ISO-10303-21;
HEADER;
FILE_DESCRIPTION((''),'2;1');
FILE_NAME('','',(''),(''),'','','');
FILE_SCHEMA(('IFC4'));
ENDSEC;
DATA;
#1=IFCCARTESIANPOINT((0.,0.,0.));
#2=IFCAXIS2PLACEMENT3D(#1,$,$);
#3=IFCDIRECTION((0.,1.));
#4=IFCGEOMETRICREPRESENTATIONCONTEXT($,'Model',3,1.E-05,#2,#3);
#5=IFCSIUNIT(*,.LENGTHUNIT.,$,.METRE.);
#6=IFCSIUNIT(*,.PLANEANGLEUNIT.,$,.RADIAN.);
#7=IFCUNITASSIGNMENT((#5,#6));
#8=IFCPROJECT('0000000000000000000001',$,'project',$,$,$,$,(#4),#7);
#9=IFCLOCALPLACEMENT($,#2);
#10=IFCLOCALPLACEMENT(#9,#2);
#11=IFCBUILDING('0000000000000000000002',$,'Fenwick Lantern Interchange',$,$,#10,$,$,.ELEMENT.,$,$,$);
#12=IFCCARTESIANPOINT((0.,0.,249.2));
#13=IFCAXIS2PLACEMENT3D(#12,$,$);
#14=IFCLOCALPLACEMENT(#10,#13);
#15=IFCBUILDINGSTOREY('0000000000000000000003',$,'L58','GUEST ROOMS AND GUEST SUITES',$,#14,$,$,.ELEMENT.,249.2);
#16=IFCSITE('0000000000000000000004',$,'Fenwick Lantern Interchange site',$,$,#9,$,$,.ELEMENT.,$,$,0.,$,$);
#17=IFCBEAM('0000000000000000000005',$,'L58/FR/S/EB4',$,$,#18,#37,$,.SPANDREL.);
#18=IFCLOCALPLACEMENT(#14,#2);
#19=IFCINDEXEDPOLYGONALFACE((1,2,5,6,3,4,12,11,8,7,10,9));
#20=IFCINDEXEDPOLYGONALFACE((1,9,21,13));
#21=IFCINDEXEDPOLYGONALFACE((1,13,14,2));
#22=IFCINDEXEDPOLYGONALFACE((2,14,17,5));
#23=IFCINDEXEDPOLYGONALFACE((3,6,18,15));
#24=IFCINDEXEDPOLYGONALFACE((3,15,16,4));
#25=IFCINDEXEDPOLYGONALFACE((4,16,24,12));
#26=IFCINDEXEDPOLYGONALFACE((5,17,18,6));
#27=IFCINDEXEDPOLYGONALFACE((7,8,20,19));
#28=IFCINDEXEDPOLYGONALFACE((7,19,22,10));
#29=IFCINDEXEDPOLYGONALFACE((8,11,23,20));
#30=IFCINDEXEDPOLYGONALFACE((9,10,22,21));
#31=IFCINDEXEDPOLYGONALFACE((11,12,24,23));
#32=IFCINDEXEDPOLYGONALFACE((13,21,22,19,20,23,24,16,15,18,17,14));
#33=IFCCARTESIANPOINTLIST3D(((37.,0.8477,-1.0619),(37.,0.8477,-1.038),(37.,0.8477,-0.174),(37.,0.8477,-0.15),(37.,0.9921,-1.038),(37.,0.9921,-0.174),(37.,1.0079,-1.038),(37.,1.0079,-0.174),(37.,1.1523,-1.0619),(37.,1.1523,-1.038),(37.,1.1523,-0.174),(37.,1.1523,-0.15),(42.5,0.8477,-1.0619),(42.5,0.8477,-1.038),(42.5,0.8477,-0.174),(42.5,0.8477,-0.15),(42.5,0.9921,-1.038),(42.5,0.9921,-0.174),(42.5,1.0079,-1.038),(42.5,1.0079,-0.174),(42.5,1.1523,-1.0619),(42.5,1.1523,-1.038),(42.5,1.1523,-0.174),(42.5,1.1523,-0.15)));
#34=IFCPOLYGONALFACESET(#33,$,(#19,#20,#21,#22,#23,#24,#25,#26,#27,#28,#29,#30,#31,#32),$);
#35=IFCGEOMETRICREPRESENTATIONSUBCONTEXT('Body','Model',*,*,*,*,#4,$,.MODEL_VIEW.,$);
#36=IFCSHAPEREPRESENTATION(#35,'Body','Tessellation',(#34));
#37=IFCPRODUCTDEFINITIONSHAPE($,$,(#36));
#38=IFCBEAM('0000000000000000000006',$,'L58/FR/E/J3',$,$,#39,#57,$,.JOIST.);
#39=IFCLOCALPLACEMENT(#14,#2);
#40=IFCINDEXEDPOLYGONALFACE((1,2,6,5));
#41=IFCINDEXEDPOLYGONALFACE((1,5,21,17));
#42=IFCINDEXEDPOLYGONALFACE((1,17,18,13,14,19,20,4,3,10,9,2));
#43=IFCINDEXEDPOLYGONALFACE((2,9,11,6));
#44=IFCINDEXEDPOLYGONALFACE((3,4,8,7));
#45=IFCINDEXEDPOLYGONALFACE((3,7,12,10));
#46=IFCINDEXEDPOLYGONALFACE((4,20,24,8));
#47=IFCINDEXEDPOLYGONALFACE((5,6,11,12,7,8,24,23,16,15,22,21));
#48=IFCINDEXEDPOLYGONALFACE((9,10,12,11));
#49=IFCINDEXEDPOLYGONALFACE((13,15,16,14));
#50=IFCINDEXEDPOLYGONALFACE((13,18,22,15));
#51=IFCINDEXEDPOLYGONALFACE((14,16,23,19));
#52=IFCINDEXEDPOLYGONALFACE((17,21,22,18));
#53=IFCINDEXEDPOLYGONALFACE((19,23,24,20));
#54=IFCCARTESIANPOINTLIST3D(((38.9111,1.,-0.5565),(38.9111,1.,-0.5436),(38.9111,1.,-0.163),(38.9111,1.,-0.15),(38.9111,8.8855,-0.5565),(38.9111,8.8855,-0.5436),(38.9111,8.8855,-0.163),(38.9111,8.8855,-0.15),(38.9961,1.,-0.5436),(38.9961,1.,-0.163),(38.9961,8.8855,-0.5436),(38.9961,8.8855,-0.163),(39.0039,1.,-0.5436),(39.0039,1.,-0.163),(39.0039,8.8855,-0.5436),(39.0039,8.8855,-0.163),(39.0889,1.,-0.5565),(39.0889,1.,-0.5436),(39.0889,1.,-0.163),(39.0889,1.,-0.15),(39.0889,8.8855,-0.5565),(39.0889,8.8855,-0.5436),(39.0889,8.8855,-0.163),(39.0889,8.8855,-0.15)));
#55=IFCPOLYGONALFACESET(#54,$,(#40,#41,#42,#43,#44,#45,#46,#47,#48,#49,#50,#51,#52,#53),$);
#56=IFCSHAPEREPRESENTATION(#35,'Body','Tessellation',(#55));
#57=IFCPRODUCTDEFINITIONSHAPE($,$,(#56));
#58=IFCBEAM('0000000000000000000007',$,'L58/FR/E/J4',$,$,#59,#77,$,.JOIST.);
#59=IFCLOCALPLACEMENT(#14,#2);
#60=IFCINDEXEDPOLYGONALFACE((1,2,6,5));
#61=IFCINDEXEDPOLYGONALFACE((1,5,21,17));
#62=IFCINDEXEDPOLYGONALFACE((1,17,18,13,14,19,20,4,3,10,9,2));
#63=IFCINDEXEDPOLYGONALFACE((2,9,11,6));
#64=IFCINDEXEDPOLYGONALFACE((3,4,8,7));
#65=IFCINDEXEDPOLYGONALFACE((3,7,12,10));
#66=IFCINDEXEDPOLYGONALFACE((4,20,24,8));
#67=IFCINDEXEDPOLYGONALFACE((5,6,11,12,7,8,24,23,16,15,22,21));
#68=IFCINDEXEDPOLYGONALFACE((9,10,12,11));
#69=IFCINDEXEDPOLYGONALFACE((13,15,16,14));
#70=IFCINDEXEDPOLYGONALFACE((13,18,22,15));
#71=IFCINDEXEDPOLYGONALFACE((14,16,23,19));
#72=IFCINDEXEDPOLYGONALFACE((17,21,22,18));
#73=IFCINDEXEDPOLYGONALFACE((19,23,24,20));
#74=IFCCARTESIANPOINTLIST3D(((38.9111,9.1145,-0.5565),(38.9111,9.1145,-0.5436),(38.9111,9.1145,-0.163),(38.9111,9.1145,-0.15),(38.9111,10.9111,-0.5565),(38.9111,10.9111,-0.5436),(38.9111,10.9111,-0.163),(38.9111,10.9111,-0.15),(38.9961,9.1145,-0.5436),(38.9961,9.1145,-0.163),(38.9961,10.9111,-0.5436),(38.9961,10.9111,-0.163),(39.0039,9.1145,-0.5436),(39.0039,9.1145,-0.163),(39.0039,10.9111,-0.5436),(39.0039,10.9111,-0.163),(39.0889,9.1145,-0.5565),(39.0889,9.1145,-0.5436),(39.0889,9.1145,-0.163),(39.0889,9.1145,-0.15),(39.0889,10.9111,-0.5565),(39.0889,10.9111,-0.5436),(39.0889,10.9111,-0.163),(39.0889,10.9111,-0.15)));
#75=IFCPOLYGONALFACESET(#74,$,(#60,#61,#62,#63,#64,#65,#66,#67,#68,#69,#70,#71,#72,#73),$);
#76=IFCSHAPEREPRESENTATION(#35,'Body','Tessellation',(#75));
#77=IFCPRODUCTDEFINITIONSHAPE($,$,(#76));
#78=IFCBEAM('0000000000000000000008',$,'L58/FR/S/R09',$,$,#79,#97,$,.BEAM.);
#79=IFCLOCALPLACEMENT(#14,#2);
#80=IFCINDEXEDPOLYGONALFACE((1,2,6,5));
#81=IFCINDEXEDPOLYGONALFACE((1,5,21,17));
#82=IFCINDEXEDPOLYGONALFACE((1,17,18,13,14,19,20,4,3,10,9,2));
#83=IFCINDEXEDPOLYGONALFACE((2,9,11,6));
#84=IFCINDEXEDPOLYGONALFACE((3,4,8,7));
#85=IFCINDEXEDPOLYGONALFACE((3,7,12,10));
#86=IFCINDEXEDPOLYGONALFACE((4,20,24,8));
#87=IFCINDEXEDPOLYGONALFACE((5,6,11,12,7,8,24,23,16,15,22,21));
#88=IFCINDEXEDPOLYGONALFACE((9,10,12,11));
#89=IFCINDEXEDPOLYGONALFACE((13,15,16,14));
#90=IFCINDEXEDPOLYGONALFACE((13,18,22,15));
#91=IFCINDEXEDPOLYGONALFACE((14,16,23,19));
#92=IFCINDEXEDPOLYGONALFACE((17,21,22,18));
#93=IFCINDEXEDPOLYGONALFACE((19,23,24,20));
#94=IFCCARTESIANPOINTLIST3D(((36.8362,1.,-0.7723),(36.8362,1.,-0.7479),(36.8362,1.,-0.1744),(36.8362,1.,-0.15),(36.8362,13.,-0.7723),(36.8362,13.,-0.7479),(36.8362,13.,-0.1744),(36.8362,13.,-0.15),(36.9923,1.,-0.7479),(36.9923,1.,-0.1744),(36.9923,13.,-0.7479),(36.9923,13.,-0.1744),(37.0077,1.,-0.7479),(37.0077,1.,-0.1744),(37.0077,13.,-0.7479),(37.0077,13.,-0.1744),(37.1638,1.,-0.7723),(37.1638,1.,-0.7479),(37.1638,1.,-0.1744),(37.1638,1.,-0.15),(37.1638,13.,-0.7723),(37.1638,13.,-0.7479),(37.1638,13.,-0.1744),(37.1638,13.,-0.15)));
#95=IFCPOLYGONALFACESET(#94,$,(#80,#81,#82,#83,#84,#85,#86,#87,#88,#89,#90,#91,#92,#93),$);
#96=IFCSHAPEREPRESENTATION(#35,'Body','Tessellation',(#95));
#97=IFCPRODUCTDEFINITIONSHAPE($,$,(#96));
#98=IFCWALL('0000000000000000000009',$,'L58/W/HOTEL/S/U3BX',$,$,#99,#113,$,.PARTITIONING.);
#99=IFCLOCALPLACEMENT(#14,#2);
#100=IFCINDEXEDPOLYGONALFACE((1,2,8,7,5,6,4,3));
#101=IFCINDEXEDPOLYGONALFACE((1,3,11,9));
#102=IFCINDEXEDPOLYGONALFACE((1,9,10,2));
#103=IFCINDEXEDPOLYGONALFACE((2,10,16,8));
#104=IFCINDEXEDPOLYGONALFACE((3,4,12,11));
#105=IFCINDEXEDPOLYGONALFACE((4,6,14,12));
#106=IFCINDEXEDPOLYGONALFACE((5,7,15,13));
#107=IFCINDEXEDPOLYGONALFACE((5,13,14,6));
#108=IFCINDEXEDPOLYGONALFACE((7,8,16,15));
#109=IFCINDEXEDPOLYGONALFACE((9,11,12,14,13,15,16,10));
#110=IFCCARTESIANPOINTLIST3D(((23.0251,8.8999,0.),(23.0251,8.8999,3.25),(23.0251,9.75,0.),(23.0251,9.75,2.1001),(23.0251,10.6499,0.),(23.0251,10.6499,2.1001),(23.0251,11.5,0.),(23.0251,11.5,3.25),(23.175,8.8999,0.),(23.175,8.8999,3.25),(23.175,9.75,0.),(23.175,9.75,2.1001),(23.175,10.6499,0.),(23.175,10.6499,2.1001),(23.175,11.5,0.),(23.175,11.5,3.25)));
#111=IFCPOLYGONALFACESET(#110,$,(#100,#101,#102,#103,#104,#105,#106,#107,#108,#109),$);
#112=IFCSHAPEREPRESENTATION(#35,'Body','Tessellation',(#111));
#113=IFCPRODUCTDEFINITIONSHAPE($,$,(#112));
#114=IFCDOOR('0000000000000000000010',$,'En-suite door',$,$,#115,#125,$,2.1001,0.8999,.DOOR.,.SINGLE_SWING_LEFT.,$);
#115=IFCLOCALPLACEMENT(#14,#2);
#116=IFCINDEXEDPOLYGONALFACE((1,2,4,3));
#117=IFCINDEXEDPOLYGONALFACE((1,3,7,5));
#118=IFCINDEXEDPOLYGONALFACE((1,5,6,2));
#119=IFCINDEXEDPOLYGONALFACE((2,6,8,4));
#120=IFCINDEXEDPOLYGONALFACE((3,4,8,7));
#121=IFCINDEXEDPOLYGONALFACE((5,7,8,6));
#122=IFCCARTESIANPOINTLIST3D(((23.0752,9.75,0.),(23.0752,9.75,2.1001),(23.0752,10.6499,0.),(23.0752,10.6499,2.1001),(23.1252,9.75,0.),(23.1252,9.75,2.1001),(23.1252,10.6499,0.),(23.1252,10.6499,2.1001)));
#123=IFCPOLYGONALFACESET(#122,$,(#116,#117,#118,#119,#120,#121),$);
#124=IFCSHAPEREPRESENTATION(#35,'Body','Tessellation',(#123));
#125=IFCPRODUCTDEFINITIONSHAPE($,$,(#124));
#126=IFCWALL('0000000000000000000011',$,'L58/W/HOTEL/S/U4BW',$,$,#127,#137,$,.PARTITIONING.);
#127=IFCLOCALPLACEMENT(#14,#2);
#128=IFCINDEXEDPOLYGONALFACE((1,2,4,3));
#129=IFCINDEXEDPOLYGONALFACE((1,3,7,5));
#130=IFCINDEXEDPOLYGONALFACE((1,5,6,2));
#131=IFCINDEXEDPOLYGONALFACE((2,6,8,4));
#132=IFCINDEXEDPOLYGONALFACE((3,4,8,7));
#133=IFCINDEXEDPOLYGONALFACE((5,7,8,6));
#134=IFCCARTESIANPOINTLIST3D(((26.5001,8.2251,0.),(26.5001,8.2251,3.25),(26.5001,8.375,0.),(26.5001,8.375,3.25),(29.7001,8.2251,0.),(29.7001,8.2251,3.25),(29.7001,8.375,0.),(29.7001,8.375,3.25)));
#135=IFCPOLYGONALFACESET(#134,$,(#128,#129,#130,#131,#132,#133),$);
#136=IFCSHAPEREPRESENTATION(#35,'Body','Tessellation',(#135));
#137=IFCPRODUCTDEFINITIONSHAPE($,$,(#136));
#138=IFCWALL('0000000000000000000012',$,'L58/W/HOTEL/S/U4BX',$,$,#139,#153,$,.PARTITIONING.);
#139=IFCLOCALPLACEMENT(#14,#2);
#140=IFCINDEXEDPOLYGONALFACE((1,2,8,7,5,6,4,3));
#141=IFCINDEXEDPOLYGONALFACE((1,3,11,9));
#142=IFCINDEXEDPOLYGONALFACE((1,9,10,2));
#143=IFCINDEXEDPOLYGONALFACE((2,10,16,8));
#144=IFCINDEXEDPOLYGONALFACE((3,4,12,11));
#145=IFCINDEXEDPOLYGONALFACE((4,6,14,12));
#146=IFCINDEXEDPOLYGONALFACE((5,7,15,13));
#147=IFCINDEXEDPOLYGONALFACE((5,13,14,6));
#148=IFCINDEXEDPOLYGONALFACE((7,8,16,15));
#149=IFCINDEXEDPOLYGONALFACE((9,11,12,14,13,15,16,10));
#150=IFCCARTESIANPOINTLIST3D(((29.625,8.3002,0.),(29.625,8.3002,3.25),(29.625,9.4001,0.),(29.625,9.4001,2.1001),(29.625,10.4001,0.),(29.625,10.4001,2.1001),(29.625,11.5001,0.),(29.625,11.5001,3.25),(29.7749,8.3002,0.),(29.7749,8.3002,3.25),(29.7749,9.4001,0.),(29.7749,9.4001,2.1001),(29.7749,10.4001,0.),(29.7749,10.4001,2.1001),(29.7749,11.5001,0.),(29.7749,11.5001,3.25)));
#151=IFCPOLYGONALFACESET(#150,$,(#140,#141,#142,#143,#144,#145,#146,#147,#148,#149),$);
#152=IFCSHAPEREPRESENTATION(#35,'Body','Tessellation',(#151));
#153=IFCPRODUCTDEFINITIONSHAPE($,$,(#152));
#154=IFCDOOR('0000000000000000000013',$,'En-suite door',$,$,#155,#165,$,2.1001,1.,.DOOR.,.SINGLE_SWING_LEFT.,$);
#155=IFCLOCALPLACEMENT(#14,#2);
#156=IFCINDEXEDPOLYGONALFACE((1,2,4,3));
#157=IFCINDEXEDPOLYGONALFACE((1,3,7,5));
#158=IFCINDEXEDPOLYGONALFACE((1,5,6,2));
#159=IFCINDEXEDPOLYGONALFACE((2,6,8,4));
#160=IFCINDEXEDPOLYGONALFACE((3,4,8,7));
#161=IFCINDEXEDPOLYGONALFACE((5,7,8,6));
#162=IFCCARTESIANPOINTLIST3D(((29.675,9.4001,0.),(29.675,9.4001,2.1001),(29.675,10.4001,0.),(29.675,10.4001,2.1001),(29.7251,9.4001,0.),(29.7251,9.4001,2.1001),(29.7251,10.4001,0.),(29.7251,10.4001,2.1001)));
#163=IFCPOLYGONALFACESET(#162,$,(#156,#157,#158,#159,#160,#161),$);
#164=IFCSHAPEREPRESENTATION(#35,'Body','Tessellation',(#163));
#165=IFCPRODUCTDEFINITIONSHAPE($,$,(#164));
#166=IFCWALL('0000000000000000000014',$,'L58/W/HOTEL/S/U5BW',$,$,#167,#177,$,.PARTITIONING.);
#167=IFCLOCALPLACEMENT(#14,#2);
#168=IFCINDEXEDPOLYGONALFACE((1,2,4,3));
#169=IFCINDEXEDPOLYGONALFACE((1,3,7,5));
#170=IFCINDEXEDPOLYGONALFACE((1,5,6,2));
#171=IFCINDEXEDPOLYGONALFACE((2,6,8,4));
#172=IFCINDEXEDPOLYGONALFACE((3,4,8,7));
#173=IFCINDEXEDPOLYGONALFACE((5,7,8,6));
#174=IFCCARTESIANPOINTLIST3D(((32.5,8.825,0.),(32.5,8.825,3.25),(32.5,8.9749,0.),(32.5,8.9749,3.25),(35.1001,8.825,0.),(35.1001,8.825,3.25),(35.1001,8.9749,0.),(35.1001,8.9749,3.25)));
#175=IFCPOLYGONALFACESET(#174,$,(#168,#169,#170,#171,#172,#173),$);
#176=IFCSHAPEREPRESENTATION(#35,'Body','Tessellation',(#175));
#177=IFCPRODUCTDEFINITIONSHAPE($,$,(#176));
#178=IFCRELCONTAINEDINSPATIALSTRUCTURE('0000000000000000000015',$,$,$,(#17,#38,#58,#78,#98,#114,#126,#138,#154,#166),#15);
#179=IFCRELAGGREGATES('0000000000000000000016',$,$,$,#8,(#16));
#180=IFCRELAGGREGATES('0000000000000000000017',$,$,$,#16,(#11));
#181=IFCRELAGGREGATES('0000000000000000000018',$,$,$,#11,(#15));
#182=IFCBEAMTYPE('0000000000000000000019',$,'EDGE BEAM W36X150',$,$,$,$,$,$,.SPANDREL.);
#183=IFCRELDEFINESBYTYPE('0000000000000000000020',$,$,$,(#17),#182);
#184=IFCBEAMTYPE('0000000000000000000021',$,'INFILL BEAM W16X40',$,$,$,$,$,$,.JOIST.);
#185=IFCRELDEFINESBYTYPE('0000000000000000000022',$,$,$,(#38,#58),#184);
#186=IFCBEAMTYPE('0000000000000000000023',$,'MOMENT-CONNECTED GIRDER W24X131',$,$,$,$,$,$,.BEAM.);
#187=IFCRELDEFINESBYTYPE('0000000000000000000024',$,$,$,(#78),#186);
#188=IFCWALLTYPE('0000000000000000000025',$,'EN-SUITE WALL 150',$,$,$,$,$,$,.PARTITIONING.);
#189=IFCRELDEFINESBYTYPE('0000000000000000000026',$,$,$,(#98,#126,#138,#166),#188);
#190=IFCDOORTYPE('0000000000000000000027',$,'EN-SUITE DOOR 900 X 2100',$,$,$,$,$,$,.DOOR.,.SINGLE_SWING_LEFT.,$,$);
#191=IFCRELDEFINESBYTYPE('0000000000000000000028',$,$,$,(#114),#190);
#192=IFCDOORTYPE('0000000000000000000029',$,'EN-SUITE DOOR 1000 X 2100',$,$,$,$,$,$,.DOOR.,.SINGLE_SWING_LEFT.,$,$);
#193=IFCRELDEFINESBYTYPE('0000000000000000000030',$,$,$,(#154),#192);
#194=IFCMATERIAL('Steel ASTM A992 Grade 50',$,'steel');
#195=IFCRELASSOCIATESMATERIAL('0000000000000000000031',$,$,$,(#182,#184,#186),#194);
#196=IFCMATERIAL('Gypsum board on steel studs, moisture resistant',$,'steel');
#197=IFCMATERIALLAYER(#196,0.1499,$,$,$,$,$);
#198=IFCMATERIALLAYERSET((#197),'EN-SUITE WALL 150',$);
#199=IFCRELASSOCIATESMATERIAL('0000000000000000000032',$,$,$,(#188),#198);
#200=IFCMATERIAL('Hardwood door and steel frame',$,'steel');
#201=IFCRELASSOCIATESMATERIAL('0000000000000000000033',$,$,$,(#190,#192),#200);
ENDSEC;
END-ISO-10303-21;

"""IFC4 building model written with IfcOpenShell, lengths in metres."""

from ifc_helpers import new_model, si_unit, direction, frame, frame_2d, origin, origin_2d, place, context, subcontext, project, spatial, rectangle, i_section, extrude, material, layer, layer_set, material_profile, profile_set, type_object, element, fill, save


model = new_model("IFC4")

# Units and contexts
model_context = context("Model", 3, precision=1e-05, world=origin(), true_north=direction((0.0, 1.0)))
body_context = subcontext(model_context, "Body", "Model", "MODEL_VIEW")
ifc_project = project(units=[si_unit("LENGTHUNIT", "METRE"), si_unit("PLANEANGLEUNIT", "RADIAN")], contexts=[model_context])

# Site, building, storey
site_placement = place(None, origin())
site = spatial("IfcSite", under=ifc_project, at=site_placement, Name="Fenwick Lantern Interchange site", CompositionType="ELEMENT", RefElevation=0.0)
building_placement = place(site_placement, origin())
building = spatial("IfcBuilding", under=site, at=building_placement, Name="Fenwick Lantern Interchange", CompositionType="ELEMENT")
storey_placement = place(building_placement, frame((0.0, 0.0, 249.2)))
storey = spatial("IfcBuildingStorey", under=building, at=storey_placement, Name="L58", Description="GUEST ROOMS AND GUEST SUITES", CompositionType="ELEMENT", Elevation=249.2)

# Beams
ifc_material_1 = material(Name="Steel ASTM A992 Grade 50", Category="steel")
ifc_material_profile_1 = material_profile(ifc_material_1, i_section(OverallWidth=0.3047, OverallDepth=0.9119, WebThickness=0.0159, FlangeThickness=0.0239, at=origin_2d()), Name="W36X150")
ifc_profile_set_1 = profile_set([ifc_material_profile_1], Name="Steel ASTM A992 Grade 50")
beam_type_1 = type_object("IfcBeamType", Name="EDGE BEAM W36X150", PredefinedType="SPANDREL", material=ifc_profile_set_1)
beam_1_placement = place(storey_placement, frame((37.0, 1.0, -0.606), z_axis=(1.0, 0.0, 0.0), x_axis=(0.0, 1.0, 0.0)))
element("IfcBeam", 1, at=beam_1_placement, inside=storey, type_object=beam_type_1, Name="L58/FR/S/EB4", PredefinedType="SPANDREL", context=body_context, shape_type="SweptSolid", body=[
    extrude(i_section(OverallWidth=0.3047, OverallDepth=0.9119, WebThickness=0.0159, FlangeThickness=0.0239, at=origin_2d()), origin(), (0.0, 0.0, 1.0), 5.5),
])
ifc_material_profile_2 = material_profile(ifc_material_1, i_section(OverallWidth=0.1777, OverallDepth=0.4065, WebThickness=0.0078, FlangeThickness=0.0129, at=origin_2d()), Name="W16X40")
ifc_profile_set_2 = profile_set([ifc_material_profile_2], Name="Steel ASTM A992 Grade 50")
beam_type_2 = type_object("IfcBeamType", Name="INFILL BEAM W16X40", PredefinedType="JOIST", material=ifc_profile_set_2)
beam_2_placement = place(storey_placement, frame((39.0, 1.0, -0.3533), z_axis=(0.0, 1.0, 0.0), x_axis=(-1.0, 0.0, 0.0)))
element("IfcBeam", 2, at=beam_2_placement, inside=storey, type_object=beam_type_2, Name="L58/FR/E/J3", PredefinedType="JOIST", context=body_context, shape_type="SweptSolid", body=[
    extrude(i_section(OverallWidth=0.1777, OverallDepth=0.4065, WebThickness=0.0078, FlangeThickness=0.0129, at=origin_2d()), origin(), (0.0, 0.0, 1.0), 7.8855),
])
beam_3_placement = place(storey_placement, frame((39.0, 9.1145, -0.3533), z_axis=(0.0, 1.0, 0.0), x_axis=(-1.0, 0.0, 0.0)))
element("IfcBeam", 3, at=beam_3_placement, inside=storey, type_object=beam_type_2, Name="L58/FR/E/J4", PredefinedType="JOIST", context=body_context, shape_type="SweptSolid", body=[
    extrude(i_section(OverallWidth=0.1777, OverallDepth=0.4065, WebThickness=0.0078, FlangeThickness=0.0129, at=origin_2d()), origin(), (0.0, 0.0, 1.0), 1.7966),
])
ifc_material_profile_3 = material_profile(ifc_material_1, i_section(OverallWidth=0.3276, OverallDepth=0.6223, WebThickness=0.0154, FlangeThickness=0.0244, at=origin_2d()), Name="W24X131")
ifc_profile_set_3 = profile_set([ifc_material_profile_3], Name="Steel ASTM A992 Grade 50")
beam_type_3 = type_object("IfcBeamType", Name="MOMENT-CONNECTED GIRDER W24X131", PredefinedType="BEAM", material=ifc_profile_set_3)
beam_4_placement = place(storey_placement, frame((37.0, 1.0, -0.4612), z_axis=(0.0, 1.0, 0.0), x_axis=(-1.0, 0.0, 0.0)))
element("IfcBeam", 4, at=beam_4_placement, inside=storey, type_object=beam_type_3, Name="L58/FR/S/R09", PredefinedType="BEAM", context=body_context, shape_type="SweptSolid", body=[
    extrude(i_section(OverallWidth=0.3276, OverallDepth=0.6223, WebThickness=0.0154, FlangeThickness=0.0244, at=origin_2d()), origin(), (0.0, 0.0, 1.0), 12.0),
])

# Wall, opening, door
ifc_material_2 = material(Name="Gypsum board on steel studs, moisture resistant", Category="steel")
ifc_layer = layer(ifc_material_2, 0.1499)
ifc_layer_set = layer_set([ifc_layer], Name="EN-SUITE WALL 150")
wall_type = type_object("IfcWallType", Name="EN-SUITE WALL 150", PredefinedType="PARTITIONING", material=ifc_layer_set)
wall_1_placement = place(storey_placement, frame((23.1001, 8.8999, 0.0), z_axis=(0.0, 0.0, 1.0), x_axis=(0.0, 1.0, 0.0)))
wall_1 = element("IfcWall", 5, at=wall_1_placement, inside=storey, type_object=wall_type, Name="L58/W/HOTEL/S/U3BX", PredefinedType="PARTITIONING", context=body_context, shape_type="SweptSolid", body=[
    extrude(rectangle(XDim=2.6001, YDim=0.1499, at=frame_2d((1.3, 0.0))), origin(), (0.0, 0.0, 1.0), 3.25),
])
opening_1_placement = place(wall_1_placement, frame((0.8501, 0.0, 0.0)))
opening_1 = element("IfcOpeningElement", 6, at=opening_1_placement, cuts=wall_1, PredefinedType="OPENING", context=body_context, shape_type="SweptSolid", body=[
    extrude(rectangle(XDim=0.8999, YDim=2.1001, at=frame_2d((0.45, 1.05))), frame((0.0, 0.085, 0.0), z_axis=(0.0, -1.0, 0.0), x_axis=(1.0, 0.0, 0.0)), (0.0, 0.0, 1.0), 0.1699),
])
ifc_material_3 = material(Name="Hardwood door and steel frame", Category="steel")
door_type_1 = type_object("IfcDoorType", Name="EN-SUITE DOOR 900 X 2100", OperationType="SINGLE_SWING_LEFT", PredefinedType="DOOR", material=ifc_material_3)
door_1_placement = place(opening_1_placement, origin())
door_1 = element("IfcDoor", 7, at=door_1_placement, inside=storey, type_object=door_type_1, Name="En-suite door", OperationType="SINGLE_SWING_LEFT", OverallHeight=2.1001, OverallWidth=0.8999, PredefinedType="DOOR", context=body_context, shape_type="SweptSolid", body=[
    extrude(rectangle(XDim=0.8999, YDim=2.1001, at=frame_2d((0.45, 1.05))), frame((0.0, 0.0249, 0.0), z_axis=(0.0, -1.0, 0.0), x_axis=(1.0, 0.0, 0.0)), (0.0, 0.0, 1.0), 0.05),
])
fill(opening_1, door_1)

# Wall
wall_2_placement = place(storey_placement, frame((26.5, 8.3, 0.0), z_axis=(0.0, 0.0, 1.0), x_axis=(1.0, 0.0, 0.0)))
element("IfcWall", 8, at=wall_2_placement, inside=storey, type_object=wall_type, Name="L58/W/HOTEL/S/U4BW", PredefinedType="PARTITIONING", context=body_context, shape_type="SweptSolid", body=[
    extrude(rectangle(XDim=3.2, YDim=0.1499, at=frame_2d((1.6001, 0.0))), origin(), (0.0, 0.0, 1.0), 3.25),
])

# Wall, opening, door
wall_3_placement = place(storey_placement, frame((29.7, 8.3, 0.0), z_axis=(0.0, 0.0, 1.0), x_axis=(0.0, 1.0, 0.0)))
wall_3 = element("IfcWall", 9, at=wall_3_placement, inside=storey, type_object=wall_type, Name="L58/W/HOTEL/S/U4BX", PredefinedType="PARTITIONING", context=body_context, shape_type="SweptSolid", body=[
    extrude(rectangle(XDim=3.2, YDim=0.1499, at=frame_2d((1.6001, 0.0))), origin(), (0.0, 0.0, 1.0), 3.25),
])
opening_2_placement = place(wall_3_placement, frame((1.1001, 0.0, 0.0)))
opening_2 = element("IfcOpeningElement", 10, at=opening_2_placement, cuts=wall_3, PredefinedType="OPENING", context=body_context, shape_type="SweptSolid", body=[
    extrude(rectangle(XDim=1.0, YDim=2.1001, at=frame_2d((0.5, 1.05))), frame((0.0, 0.085, 0.0), z_axis=(0.0, -1.0, 0.0), x_axis=(1.0, 0.0, 0.0)), (0.0, 0.0, 1.0), 0.1699),
])
door_type_2 = type_object("IfcDoorType", Name="EN-SUITE DOOR 1000 X 2100", OperationType="SINGLE_SWING_LEFT", PredefinedType="DOOR", material=ifc_material_3)
door_2_placement = place(opening_2_placement, origin())
door_2 = element("IfcDoor", 11, at=door_2_placement, inside=storey, type_object=door_type_2, Name="En-suite door", OperationType="SINGLE_SWING_LEFT", OverallHeight=2.1001, OverallWidth=1.0, PredefinedType="DOOR", context=body_context, shape_type="SweptSolid", body=[
    extrude(rectangle(XDim=1.0, YDim=2.1001, at=frame_2d((0.5, 1.05))), frame((0.0, 0.0249, 0.0), z_axis=(0.0, -1.0, 0.0), x_axis=(1.0, 0.0, 0.0)), (0.0, 0.0, 1.0), 0.05),
])
fill(opening_2, door_2)

# Wall
wall_4_placement = place(storey_placement, frame((32.5, 8.8999, 0.0), z_axis=(0.0, 0.0, 1.0), x_axis=(1.0, 0.0, 0.0)))
element("IfcWall", 12, at=wall_4_placement, inside=storey, type_object=wall_type, Name="L58/W/HOTEL/S/U5BW", PredefinedType="PARTITIONING", context=body_context, shape_type="SweptSolid", body=[
    extrude(rectangle(XDim=2.6001, YDim=0.1499, at=frame_2d((1.3, 0.0))), origin(), (0.0, 0.0, 1.0), 3.25),
])

save(model, "model.ifc")
